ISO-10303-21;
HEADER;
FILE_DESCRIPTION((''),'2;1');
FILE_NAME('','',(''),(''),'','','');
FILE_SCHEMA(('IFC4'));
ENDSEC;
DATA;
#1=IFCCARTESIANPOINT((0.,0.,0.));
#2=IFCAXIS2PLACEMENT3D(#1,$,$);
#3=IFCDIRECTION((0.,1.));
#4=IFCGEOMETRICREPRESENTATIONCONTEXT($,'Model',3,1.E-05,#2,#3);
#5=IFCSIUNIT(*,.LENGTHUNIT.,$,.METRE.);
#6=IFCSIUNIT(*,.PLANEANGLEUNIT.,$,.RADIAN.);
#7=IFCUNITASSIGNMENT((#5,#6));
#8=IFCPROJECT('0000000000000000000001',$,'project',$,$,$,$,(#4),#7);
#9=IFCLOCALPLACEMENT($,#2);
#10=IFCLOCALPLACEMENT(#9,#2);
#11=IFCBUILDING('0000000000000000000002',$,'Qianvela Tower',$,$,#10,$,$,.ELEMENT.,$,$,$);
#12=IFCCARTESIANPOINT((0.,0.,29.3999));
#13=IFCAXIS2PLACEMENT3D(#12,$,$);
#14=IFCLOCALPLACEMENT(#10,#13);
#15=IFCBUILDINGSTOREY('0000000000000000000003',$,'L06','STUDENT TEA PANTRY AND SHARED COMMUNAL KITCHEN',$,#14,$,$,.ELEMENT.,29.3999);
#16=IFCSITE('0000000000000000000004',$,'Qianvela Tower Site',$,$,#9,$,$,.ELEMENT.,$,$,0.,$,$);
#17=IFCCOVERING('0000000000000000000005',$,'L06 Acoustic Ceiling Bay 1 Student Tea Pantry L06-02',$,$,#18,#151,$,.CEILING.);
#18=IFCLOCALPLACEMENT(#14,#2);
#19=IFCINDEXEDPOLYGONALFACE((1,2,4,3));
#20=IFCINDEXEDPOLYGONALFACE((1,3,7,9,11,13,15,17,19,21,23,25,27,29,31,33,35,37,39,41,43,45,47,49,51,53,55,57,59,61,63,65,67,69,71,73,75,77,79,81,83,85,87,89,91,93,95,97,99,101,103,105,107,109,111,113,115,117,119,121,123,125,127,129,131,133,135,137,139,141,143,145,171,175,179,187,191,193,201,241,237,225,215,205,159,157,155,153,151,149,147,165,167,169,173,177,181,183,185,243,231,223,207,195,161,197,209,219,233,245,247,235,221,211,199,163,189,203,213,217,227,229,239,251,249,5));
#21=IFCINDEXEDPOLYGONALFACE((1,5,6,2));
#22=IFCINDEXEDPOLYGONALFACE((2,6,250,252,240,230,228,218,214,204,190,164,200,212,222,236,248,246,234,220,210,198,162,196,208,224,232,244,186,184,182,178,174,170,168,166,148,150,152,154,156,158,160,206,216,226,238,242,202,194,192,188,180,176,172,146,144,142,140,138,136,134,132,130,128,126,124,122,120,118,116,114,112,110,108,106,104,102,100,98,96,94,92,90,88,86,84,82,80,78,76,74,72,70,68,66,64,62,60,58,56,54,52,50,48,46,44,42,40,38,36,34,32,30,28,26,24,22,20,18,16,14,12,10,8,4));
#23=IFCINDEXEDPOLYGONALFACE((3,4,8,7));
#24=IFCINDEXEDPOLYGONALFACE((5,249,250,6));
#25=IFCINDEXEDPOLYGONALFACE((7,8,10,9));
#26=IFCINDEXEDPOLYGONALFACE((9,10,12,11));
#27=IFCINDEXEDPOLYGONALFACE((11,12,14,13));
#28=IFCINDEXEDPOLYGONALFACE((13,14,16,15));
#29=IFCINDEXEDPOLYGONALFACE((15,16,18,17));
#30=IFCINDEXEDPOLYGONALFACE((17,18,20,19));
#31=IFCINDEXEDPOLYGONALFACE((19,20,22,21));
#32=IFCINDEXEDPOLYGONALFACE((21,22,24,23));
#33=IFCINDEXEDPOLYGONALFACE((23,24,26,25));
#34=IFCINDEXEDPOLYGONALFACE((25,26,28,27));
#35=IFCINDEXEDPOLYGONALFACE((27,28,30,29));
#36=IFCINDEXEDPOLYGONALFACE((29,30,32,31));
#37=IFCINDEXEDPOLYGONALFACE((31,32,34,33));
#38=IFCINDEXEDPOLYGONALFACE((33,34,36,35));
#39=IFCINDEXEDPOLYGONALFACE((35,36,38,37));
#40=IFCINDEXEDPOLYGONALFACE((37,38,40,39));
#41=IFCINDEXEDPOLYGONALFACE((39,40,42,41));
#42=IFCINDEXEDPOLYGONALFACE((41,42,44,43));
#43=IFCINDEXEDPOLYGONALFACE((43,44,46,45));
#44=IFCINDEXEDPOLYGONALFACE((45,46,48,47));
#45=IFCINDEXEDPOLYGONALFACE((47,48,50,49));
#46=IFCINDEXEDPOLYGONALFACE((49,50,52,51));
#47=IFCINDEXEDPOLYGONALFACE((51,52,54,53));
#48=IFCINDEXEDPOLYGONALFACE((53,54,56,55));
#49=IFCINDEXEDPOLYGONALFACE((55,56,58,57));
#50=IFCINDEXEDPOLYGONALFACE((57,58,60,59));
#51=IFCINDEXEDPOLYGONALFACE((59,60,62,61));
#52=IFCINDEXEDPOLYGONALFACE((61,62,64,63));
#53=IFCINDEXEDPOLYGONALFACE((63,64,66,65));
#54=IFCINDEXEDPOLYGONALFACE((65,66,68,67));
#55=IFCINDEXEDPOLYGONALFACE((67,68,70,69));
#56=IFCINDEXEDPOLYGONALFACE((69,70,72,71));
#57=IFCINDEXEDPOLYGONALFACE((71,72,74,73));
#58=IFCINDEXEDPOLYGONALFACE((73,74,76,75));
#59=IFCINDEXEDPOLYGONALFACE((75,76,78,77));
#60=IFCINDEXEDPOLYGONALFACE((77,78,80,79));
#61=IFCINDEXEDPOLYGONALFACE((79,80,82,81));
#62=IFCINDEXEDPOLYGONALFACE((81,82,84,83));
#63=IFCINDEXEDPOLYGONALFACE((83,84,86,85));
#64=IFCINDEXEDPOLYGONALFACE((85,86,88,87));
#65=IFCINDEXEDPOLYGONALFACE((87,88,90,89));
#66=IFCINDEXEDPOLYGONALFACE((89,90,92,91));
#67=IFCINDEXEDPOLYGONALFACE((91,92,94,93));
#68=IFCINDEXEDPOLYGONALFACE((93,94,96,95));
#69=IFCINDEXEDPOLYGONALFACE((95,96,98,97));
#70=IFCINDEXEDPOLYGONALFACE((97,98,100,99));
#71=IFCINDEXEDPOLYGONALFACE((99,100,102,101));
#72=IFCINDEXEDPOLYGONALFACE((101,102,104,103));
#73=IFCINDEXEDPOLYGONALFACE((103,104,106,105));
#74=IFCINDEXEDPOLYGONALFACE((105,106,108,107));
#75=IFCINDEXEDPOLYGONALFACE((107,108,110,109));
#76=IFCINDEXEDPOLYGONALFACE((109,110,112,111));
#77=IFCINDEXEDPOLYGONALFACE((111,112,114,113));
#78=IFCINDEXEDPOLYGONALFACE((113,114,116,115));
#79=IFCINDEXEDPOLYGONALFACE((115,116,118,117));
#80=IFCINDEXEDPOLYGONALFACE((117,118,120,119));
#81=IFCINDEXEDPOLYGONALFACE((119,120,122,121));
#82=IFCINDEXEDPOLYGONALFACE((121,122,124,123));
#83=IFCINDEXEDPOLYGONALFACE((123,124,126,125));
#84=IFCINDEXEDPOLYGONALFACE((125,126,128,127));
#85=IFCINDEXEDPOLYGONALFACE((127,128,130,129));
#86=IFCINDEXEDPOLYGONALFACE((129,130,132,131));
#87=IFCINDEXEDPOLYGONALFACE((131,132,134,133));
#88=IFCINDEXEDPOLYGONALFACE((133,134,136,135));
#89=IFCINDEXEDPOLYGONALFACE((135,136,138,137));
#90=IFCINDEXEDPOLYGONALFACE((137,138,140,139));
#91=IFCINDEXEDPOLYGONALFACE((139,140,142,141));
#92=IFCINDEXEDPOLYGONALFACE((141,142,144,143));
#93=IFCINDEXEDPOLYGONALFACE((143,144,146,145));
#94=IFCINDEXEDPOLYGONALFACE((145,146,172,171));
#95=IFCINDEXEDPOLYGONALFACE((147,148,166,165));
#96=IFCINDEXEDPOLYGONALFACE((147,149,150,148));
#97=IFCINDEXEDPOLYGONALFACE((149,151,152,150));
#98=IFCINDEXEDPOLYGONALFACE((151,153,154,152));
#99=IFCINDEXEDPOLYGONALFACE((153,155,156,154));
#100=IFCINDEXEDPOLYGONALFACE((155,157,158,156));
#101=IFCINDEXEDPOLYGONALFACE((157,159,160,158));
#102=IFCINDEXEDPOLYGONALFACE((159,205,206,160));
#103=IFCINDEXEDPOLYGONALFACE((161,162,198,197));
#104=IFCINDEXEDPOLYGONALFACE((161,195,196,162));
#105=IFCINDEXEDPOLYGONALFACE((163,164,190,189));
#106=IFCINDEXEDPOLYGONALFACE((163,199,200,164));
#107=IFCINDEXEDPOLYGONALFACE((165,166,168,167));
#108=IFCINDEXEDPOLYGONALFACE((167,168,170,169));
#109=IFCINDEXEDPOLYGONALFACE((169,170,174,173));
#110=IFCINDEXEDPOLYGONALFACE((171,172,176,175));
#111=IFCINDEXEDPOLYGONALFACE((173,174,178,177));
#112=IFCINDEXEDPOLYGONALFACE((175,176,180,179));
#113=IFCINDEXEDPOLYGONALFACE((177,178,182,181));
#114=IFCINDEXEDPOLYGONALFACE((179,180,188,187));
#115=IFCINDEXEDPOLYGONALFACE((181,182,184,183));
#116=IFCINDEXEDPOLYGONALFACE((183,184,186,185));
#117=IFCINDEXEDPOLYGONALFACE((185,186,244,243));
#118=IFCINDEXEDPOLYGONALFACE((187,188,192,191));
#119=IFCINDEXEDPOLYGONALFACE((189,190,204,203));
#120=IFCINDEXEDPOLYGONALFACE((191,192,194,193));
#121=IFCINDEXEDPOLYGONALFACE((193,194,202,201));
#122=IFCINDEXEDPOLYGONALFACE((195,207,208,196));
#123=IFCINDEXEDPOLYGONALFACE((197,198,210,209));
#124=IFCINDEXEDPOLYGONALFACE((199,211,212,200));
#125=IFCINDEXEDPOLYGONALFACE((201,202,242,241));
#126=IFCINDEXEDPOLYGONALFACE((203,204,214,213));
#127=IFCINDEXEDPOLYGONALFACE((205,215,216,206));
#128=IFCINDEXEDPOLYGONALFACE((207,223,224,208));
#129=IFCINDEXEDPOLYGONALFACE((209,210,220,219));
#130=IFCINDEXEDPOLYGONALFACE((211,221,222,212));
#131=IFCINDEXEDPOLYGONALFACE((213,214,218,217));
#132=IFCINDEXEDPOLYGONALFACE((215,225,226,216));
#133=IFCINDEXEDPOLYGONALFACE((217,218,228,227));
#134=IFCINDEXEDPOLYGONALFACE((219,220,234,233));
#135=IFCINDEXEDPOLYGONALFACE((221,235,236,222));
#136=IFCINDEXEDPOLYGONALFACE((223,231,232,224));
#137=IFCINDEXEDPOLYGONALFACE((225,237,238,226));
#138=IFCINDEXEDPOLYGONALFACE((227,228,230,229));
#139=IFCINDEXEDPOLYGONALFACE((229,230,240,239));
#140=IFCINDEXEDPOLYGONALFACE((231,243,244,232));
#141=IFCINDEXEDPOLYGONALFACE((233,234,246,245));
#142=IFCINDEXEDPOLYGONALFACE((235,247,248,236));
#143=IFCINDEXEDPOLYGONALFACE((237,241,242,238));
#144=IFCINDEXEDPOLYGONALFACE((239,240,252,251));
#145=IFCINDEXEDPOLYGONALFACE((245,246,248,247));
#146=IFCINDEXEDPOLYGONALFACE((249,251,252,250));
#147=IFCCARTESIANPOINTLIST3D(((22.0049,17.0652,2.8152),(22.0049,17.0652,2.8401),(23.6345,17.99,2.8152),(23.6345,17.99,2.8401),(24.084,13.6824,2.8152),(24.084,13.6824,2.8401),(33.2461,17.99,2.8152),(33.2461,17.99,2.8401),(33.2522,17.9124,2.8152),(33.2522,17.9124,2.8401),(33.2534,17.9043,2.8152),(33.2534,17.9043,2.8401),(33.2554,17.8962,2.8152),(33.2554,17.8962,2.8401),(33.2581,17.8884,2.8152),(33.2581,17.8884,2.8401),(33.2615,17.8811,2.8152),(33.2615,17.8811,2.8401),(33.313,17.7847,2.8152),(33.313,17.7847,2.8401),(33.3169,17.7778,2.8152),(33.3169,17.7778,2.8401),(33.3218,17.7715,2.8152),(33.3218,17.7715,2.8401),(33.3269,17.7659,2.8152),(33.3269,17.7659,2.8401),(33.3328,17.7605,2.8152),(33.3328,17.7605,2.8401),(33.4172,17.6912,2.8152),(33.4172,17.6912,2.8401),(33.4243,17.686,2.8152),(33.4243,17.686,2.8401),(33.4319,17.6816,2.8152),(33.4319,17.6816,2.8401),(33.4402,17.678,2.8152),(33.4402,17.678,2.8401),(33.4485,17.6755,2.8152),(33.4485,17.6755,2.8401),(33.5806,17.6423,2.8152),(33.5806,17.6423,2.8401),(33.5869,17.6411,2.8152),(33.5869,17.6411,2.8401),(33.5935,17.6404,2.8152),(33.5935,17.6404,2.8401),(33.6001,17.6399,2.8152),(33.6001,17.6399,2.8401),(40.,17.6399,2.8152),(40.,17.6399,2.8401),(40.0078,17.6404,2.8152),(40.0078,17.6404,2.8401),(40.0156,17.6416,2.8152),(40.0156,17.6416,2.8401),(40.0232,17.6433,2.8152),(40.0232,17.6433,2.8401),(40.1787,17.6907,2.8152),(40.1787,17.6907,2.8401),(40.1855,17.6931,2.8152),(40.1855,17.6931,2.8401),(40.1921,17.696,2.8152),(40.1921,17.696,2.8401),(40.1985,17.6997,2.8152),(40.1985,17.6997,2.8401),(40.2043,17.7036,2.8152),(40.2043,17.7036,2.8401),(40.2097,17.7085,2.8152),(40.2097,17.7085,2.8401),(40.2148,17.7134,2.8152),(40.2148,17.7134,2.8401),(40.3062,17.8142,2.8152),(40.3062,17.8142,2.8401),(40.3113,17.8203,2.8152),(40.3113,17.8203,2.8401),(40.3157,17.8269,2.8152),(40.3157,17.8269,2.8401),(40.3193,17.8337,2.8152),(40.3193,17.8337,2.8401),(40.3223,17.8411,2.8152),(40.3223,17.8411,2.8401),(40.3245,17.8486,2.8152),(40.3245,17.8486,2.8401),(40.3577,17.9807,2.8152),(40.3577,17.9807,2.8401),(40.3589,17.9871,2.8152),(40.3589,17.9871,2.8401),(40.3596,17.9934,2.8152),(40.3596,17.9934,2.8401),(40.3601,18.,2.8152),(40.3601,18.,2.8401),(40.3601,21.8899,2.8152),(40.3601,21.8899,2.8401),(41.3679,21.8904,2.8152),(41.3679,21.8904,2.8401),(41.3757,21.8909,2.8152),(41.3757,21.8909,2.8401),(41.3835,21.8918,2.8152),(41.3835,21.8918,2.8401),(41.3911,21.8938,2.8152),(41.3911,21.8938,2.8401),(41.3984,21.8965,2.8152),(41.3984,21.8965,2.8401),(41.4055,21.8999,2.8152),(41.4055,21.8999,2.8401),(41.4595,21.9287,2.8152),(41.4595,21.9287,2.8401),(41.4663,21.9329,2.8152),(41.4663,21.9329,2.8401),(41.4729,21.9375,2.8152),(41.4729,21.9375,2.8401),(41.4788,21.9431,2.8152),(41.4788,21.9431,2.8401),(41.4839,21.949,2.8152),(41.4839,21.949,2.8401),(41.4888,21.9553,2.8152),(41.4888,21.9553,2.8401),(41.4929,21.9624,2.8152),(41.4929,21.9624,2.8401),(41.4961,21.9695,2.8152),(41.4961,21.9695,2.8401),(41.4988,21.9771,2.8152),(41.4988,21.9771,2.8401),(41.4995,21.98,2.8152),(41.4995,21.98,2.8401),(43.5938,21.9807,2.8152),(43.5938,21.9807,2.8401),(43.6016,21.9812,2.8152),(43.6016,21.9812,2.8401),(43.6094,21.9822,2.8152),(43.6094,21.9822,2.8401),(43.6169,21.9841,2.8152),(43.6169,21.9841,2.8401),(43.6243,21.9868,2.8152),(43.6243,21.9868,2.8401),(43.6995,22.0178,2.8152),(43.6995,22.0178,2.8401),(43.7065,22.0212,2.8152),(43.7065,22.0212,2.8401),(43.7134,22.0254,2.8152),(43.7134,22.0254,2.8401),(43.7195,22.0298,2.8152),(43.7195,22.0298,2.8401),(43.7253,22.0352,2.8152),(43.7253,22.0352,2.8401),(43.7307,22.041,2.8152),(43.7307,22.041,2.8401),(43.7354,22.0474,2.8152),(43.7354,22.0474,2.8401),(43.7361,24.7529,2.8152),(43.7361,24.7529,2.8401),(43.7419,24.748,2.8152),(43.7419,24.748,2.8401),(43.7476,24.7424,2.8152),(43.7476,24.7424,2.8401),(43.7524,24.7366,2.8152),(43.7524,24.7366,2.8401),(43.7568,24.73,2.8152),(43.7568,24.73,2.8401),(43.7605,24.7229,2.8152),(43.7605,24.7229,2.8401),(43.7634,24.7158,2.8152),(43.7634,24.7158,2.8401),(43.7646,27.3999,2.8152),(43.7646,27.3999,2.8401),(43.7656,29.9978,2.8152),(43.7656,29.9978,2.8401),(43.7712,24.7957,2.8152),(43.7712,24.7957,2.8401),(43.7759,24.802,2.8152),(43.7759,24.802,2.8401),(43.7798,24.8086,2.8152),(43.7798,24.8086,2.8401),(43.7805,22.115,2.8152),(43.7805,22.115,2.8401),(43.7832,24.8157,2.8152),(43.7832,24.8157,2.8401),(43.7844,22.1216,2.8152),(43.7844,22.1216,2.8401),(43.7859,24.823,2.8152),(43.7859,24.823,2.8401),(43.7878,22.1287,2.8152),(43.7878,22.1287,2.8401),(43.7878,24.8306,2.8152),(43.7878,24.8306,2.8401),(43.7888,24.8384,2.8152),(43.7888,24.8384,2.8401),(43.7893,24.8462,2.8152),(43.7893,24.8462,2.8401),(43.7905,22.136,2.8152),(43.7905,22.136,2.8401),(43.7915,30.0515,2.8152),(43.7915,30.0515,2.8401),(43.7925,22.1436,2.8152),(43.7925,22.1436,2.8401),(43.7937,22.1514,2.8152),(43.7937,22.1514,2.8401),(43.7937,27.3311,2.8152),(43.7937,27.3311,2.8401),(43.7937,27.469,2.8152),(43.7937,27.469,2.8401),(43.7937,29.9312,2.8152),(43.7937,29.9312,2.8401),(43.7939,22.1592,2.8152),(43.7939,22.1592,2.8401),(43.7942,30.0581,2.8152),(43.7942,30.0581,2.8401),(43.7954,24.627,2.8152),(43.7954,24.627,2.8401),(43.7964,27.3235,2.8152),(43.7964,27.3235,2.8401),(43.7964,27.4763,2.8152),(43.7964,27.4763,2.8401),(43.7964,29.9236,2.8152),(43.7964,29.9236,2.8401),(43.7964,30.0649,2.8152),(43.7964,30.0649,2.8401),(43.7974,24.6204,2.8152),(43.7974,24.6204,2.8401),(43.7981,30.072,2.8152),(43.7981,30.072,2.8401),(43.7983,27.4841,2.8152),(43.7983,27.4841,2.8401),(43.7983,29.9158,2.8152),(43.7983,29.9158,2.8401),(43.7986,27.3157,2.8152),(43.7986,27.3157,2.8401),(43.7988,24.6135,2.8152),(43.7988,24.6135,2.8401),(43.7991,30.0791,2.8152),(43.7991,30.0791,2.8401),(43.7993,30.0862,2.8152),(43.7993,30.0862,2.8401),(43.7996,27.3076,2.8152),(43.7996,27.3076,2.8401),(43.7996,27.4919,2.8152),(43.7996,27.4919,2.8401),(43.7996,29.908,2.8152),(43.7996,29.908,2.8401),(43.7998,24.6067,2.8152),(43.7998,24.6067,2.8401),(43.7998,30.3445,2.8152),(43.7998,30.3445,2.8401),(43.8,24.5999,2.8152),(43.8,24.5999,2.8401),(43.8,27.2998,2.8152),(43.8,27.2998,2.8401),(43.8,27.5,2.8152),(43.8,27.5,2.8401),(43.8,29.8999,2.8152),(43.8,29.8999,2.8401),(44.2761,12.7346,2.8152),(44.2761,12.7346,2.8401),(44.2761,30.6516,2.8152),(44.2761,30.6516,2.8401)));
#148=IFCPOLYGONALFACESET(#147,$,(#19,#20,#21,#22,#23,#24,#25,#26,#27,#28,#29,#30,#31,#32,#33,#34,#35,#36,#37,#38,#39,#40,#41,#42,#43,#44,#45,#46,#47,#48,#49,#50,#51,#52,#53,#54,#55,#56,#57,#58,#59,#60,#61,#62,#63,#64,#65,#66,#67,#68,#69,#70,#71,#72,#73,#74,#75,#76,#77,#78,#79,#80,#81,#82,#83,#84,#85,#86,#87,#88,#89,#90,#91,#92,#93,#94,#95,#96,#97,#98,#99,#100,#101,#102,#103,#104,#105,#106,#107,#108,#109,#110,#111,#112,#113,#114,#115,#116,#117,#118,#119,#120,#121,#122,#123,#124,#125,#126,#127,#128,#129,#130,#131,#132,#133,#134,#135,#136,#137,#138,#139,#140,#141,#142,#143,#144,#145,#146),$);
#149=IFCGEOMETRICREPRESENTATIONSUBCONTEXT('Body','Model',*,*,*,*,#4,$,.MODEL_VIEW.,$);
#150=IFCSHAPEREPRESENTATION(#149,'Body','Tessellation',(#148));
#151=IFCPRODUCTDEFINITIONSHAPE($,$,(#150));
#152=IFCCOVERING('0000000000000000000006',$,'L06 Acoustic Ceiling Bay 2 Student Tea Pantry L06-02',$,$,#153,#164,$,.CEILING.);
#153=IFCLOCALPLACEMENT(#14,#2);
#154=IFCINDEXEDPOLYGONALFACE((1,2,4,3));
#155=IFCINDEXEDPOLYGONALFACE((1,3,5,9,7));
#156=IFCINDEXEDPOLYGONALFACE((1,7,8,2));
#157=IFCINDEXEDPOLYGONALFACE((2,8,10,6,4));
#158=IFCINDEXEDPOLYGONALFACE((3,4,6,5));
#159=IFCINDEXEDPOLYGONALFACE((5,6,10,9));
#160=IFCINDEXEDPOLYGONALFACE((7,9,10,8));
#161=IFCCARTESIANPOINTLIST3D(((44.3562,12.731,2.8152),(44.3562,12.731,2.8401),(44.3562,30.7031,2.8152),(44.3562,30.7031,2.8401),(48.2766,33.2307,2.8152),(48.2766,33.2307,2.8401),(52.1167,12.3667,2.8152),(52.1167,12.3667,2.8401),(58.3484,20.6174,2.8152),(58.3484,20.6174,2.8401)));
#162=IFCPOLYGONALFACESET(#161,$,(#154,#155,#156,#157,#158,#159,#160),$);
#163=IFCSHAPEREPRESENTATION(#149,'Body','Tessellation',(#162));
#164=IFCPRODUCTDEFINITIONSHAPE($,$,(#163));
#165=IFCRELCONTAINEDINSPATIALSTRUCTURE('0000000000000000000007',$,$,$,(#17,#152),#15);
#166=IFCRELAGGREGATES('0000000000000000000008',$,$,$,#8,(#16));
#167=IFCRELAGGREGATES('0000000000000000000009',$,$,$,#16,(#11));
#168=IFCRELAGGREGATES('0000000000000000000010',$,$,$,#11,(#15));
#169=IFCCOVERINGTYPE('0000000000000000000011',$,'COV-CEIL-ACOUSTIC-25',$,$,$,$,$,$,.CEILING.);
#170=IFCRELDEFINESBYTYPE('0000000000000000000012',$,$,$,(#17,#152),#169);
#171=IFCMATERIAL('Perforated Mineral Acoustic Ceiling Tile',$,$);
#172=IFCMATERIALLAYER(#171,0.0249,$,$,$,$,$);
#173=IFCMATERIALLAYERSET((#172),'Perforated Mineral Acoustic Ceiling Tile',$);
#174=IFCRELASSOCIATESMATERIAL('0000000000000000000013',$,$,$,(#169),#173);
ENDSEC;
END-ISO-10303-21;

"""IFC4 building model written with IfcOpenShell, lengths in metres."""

from ifc_helpers import new_model, si_unit, direction, frame, origin, place, context, subcontext, project, spatial, polyline, outline, extrude, material, layer, layer_set, type_object, element, save


model = new_model("IFC4")

# Units and contexts
model_context = context("Model", 3, precision=1e-05, world=origin(), true_north=direction((0.0, 1.0)))
body_context = subcontext(model_context, "Body", "Model", "MODEL_VIEW")
ifc_project = project(units=[si_unit("LENGTHUNIT", "METRE"), si_unit("PLANEANGLEUNIT", "RADIAN")], contexts=[model_context])

# Site, building, storey
site_placement = place(None, origin())
site = spatial("IfcSite", under=ifc_project, at=site_placement, Name="Qianvela Tower Site", CompositionType="ELEMENT", RefElevation=0.0)
building_placement = place(site_placement, origin())
building = spatial("IfcBuilding", under=site, at=building_placement, Name="Qianvela Tower", CompositionType="ELEMENT")
storey_placement = place(building_placement, frame((0.0, 0.0, 29.3999)))
storey = spatial("IfcBuildingStorey", under=building, at=storey_placement, Name="L06", Description="STUDENT TEA PANTRY AND SHARED COMMUNAL KITCHEN", CompositionType="ELEMENT", Elevation=29.3999)

# Coverings
ifc_material_1 = material(Name="Perforated Mineral Acoustic Ceiling Tile")
ifc_layer_1 = layer(ifc_material_1, 0.0249)
ifc_layer_set_1 = layer_set([ifc_layer_1], Name="Perforated Mineral Acoustic Ceiling Tile")
covering_type_1 = type_object("IfcCoveringType", Name="COV-CEIL-ACOUSTIC-25", PredefinedType="CEILING", material=ifc_layer_set_1)
covering_1_placement = place(storey_placement, frame((0.0, 0.0, 2.8152)))
element("IfcCovering", 1, at=covering_1_placement, inside=storey, type_object=covering_type_1, Name="L06 Acoustic Ceiling Bay 1 Student Tea Pantry L06-02", PredefinedType="CEILING", context=body_context, shape_type="SweptSolid", body=[
    extrude(outline(polyline([(33.2461, 17.99), (33.2522, 17.9124), (33.2534, 17.9043), (33.2554, 17.8962), (33.2581, 17.8884), (33.2615, 17.8811), (33.313, 17.7847), (33.3169, 17.7778), (33.3218, 17.7715), (33.3269, 17.7659), (33.3328, 17.7605), (33.4172, 17.6912), (33.4243, 17.686), (33.4319, 17.6816), (33.4402, 17.678), (33.4485, 17.6755), (33.5806, 17.6423), (33.5869, 17.6411), (33.5935, 17.6404), (33.6001, 17.6399), (40.0, 17.6399), (40.0078, 17.6404), (40.0156, 17.6416), (40.0232, 17.6433), (40.1787, 17.6907), (40.1855, 17.6931), (40.1921, 17.696), (40.1985, 17.6997), (40.2043, 17.7036), (40.2097, 17.7085), (40.2148, 17.7134), (40.3062, 17.8142), (40.3113, 17.8203), (40.3157, 17.8269), (40.3193, 17.8337), (40.3223, 17.8411), (40.3245, 17.8486), (40.3577, 17.9807), (40.3589, 17.9871), (40.3596, 17.9934), (40.3601, 18.0), (40.3601, 21.8899), (41.3679, 21.8904), (41.3757, 21.8909), (41.3835, 21.8918), (41.3911, 21.8938), (41.3984, 21.8965), (41.4055, 21.8999), (41.4595, 21.9287), (41.4663, 21.9329), (41.4729, 21.9375), (41.4788, 21.9431), (41.4839, 21.949), (41.4888, 21.9553), (41.4929, 21.9624), (41.4961, 21.9695), (41.4988, 21.9771), (41.4995, 21.98), (43.5938, 21.9807), (43.6016, 21.9812), (43.6094, 21.9822), (43.6169, 21.9841), (43.6243, 21.9868), (43.6995, 22.0178), (43.7065, 22.0212), (43.7134, 22.0254), (43.7195, 22.0298), (43.7253, 22.0352), (43.7307, 22.041), (43.7354, 22.0474), (43.7805, 22.115), (43.7844, 22.1216), (43.7878, 22.1287), (43.7905, 22.136), (43.7925, 22.1436), (43.7937, 22.1514), (43.7939, 22.1592), (43.8, 24.5999), (43.7998, 24.6067), (43.7988, 24.6135), (43.7974, 24.6204), (43.7954, 24.627), (43.7634, 24.7158), (43.7605, 24.7229), (43.7568, 24.73), (43.7524, 24.7366), (43.7476, 24.7424), (43.7419, 24.748), (43.7361, 24.7529), (43.7712, 24.7957), (43.7759, 24.802), (43.7798, 24.8086), (43.7832, 24.8157), (43.7859, 24.823), (43.7878, 24.8306), (43.7888, 24.8384), (43.7893, 24.8462), (43.8, 27.2998), (43.7996, 27.3076), (43.7986, 27.3157), (43.7964, 27.3235), (43.7937, 27.3311), (43.7646, 27.3999), (43.7937, 27.469), (43.7964, 27.4763), (43.7983, 27.4841), (43.7996, 27.4919), (43.8, 27.5), (43.8, 29.8999), (43.7996, 29.908), (43.7983, 29.9158), (43.7964, 29.9236), (43.7937, 29.9312), (43.7656, 29.9978), (43.7915, 30.0515), (43.7942, 30.0581), (43.7964, 30.0649), (43.7981, 30.072), (43.7991, 30.0791), (43.7993, 30.0862), (43.7998, 30.3445), (44.2761, 30.6516), (44.2761, 12.7346), (24.084, 13.6824), (22.0049, 17.0652), (23.6345, 17.99), (33.2461, 17.99)])), origin(), (0.0, 0.0, 1.0), 0.0249),
])
covering_2_placement = place(storey_placement, frame((0.0, 0.0, 2.8152)))
element("IfcCovering", 2, at=covering_2_placement, inside=storey, type_object=covering_type_1, Name="L06 Acoustic Ceiling Bay 2 Student Tea Pantry L06-02", PredefinedType="CEILING", context=body_context, shape_type="SweptSolid", body=[
    extrude(outline(polyline([(48.2766, 33.2307), (58.3484, 20.6174), (52.1167, 12.3667), (44.3562, 12.731), (44.3562, 30.7031), (48.2766, 33.2307)])), origin(), (0.0, 0.0, 1.0), 0.0249),
])

save(model, "model.ifc")
